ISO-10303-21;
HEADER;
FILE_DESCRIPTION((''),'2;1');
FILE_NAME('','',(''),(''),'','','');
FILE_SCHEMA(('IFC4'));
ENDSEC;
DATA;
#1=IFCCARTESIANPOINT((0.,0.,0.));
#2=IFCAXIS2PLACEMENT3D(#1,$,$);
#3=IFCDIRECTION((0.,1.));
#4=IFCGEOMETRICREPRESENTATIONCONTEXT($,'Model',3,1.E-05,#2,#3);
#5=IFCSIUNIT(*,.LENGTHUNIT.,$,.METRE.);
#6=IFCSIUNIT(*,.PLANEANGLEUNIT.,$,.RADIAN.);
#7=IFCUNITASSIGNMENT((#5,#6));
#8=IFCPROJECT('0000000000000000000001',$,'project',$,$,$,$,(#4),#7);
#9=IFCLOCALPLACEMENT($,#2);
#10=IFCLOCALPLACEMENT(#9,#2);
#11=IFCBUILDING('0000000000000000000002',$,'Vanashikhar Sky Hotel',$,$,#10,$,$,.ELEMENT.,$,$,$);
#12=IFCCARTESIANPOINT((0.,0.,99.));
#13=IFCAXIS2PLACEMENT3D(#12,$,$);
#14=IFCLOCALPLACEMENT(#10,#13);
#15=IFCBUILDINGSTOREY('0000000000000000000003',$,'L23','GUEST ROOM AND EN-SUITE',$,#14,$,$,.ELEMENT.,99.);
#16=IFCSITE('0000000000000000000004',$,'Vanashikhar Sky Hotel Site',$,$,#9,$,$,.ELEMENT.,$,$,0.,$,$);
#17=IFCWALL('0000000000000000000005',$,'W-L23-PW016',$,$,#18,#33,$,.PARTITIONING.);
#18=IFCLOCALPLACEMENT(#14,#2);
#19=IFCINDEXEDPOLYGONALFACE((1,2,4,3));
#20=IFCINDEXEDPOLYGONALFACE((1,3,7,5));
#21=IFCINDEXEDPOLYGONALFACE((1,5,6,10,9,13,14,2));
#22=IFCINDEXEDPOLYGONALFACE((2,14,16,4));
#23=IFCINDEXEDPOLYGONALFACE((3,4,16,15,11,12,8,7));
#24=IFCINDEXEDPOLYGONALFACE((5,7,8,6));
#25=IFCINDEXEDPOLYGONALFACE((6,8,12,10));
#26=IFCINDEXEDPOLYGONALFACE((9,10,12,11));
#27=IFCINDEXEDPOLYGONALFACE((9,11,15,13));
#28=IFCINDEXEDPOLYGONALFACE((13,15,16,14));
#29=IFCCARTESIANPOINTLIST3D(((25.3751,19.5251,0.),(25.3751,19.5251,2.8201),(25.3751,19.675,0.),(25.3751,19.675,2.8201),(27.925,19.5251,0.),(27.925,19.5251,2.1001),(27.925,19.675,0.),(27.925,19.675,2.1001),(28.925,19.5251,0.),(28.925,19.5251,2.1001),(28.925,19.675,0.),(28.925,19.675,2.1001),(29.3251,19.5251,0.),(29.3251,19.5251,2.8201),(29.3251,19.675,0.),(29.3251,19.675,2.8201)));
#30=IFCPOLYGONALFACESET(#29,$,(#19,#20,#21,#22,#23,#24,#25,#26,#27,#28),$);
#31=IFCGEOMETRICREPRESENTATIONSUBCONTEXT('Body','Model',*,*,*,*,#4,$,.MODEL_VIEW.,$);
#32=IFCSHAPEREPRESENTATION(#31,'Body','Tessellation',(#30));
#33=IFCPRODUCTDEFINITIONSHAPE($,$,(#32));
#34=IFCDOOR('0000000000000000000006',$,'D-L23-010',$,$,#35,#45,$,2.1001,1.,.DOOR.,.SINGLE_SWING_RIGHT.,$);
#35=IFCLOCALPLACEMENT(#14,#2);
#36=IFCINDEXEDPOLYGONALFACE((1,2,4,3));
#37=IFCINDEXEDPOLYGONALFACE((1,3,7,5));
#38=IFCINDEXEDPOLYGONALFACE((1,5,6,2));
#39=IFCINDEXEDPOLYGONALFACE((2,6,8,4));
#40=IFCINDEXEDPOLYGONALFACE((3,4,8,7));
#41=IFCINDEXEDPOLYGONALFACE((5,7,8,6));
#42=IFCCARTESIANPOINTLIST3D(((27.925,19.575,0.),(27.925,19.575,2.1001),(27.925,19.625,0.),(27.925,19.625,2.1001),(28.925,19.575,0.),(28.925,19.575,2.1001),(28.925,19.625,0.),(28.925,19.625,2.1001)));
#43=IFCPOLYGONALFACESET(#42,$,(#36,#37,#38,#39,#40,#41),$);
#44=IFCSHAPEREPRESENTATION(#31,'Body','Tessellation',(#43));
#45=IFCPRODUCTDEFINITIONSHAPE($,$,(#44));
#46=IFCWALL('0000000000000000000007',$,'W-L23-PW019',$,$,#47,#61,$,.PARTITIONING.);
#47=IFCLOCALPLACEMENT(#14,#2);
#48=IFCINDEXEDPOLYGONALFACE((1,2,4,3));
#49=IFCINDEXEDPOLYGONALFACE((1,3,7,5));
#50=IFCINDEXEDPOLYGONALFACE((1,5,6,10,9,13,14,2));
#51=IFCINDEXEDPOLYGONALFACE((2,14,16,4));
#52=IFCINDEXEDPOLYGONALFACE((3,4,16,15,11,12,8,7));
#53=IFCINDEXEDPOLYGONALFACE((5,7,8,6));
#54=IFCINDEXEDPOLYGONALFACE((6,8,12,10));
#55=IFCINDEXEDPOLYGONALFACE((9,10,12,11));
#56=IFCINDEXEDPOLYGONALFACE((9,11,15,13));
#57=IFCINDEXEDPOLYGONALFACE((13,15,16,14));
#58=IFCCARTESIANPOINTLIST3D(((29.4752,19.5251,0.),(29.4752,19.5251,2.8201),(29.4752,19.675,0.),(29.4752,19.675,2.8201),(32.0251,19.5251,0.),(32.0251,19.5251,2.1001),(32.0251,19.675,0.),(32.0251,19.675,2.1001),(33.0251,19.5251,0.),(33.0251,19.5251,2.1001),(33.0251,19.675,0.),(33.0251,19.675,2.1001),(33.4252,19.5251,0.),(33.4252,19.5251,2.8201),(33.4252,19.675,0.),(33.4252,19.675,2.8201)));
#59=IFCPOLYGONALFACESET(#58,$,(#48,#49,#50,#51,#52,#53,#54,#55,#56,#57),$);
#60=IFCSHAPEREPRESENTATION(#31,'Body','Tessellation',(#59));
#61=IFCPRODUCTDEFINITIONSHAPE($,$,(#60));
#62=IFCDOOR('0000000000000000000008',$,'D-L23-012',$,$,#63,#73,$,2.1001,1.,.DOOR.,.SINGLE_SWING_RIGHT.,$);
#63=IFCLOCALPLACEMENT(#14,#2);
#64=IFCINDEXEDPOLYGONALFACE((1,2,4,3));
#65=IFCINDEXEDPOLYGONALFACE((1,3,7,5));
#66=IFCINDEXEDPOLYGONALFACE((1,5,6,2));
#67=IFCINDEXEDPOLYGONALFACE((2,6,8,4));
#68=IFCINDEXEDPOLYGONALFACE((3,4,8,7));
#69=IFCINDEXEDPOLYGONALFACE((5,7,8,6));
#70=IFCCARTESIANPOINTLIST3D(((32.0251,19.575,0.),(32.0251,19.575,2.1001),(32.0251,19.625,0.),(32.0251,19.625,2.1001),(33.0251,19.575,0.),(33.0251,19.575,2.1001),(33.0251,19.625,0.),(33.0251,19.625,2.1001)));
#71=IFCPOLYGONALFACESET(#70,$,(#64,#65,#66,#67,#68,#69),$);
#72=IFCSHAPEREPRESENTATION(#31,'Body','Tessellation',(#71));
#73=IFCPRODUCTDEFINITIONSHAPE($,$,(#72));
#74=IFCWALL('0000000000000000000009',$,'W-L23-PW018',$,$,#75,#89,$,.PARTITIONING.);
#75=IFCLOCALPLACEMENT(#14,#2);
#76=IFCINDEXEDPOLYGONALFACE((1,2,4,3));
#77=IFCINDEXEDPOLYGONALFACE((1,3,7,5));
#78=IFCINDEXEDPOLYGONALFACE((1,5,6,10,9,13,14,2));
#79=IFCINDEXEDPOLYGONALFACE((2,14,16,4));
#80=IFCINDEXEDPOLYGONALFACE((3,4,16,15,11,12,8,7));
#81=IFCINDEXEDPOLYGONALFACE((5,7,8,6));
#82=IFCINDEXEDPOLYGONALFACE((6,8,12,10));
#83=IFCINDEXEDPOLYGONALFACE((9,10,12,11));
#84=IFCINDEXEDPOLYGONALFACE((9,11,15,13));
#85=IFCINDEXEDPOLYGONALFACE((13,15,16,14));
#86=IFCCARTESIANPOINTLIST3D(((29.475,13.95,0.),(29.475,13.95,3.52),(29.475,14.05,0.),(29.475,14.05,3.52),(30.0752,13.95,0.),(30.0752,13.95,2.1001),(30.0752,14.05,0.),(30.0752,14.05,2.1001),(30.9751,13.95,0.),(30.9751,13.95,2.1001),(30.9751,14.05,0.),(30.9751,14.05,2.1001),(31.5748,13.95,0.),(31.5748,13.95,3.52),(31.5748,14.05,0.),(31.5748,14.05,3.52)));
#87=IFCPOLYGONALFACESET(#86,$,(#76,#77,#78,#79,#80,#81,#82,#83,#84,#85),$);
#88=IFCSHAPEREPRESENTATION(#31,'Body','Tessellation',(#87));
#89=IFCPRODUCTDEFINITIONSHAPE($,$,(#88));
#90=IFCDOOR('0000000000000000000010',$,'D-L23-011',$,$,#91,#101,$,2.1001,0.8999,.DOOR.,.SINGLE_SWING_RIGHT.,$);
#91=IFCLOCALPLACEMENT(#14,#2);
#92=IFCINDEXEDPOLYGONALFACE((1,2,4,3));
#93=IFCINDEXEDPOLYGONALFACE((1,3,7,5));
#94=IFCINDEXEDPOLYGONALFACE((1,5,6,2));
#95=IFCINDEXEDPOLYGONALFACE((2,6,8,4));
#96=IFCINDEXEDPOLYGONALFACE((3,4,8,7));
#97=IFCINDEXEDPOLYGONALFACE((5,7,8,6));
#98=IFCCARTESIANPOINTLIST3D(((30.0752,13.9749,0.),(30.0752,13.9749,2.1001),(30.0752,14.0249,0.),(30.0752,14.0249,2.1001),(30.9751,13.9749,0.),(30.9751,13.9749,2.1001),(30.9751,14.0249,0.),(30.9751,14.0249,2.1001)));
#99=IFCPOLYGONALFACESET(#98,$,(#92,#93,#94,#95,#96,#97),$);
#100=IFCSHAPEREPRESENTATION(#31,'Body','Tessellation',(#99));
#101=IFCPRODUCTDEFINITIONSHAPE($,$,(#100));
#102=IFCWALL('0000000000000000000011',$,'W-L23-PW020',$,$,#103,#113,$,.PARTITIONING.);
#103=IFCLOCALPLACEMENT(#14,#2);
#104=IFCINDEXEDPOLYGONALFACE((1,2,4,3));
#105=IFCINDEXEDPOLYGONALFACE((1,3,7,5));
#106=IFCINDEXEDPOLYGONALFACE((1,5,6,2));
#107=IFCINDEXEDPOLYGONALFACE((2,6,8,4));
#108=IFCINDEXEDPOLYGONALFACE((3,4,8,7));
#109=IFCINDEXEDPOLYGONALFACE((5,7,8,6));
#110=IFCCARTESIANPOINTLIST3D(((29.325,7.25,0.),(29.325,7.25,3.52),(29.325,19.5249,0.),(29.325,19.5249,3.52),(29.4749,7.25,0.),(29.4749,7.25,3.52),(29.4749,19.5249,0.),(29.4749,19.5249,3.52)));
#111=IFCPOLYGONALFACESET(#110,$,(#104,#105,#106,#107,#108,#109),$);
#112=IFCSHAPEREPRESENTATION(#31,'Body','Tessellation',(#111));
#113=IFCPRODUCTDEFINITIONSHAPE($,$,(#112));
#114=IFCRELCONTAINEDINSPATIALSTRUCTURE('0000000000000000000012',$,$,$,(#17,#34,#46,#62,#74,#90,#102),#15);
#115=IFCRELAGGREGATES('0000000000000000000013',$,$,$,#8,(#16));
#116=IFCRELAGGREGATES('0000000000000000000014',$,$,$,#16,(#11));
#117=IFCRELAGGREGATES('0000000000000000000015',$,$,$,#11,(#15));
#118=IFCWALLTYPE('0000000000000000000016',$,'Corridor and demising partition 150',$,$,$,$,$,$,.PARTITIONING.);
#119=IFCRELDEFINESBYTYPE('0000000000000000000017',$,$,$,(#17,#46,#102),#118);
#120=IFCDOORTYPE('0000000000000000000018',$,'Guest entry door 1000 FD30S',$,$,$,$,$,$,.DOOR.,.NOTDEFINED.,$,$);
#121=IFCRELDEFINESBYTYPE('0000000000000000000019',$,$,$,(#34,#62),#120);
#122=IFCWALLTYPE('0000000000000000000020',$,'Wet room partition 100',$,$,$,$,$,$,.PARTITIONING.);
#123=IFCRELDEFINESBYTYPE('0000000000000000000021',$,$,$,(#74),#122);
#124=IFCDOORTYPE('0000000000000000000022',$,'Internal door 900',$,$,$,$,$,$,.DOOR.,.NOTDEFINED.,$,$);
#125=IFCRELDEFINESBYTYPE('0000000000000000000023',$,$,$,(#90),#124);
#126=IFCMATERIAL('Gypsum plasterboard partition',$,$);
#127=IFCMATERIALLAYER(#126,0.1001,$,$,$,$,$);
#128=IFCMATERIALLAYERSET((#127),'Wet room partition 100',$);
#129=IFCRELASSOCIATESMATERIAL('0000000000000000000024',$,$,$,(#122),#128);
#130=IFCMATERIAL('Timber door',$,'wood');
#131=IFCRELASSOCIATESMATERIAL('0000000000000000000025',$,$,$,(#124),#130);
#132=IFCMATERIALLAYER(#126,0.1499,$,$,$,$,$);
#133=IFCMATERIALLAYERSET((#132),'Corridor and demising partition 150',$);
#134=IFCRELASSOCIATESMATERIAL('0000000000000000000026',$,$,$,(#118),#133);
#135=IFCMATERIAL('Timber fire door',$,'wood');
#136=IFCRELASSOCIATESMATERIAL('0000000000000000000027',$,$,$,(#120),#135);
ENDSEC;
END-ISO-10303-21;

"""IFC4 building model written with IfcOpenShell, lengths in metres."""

from ifc_helpers import new_model, si_unit, direction, frame, frame_2d, origin, place, context, subcontext, project, spatial, rectangle, extrude, source, transform, mapped, material, layer, layer_set, type_object, element, fill, save


model = new_model("IFC4")

# Units and contexts
model_context = context("Model", 3, precision=1e-05, world=origin(), true_north=direction((0.0, 1.0)))
body_context = subcontext(model_context, "Body", "Model", "MODEL_VIEW")
ifc_project = project(units=[si_unit("LENGTHUNIT", "METRE"), si_unit("PLANEANGLEUNIT", "RADIAN")], contexts=[model_context])

# Site, building, storey
site_placement = place(None, origin())
site = spatial("IfcSite", under=ifc_project, at=site_placement, Name="Vanashikhar Sky Hotel Site", CompositionType="ELEMENT", RefElevation=0.0)
building_placement = place(site_placement, origin())
building = spatial("IfcBuilding", under=site, at=building_placement, Name="Vanashikhar Sky Hotel", CompositionType="ELEMENT")
storey_placement = place(building_placement, frame((0.0, 0.0, 99.0)))
storey = spatial("IfcBuildingStorey", under=building, at=storey_placement, Name="L23", Description="GUEST ROOM AND EN-SUITE", CompositionType="ELEMENT", Elevation=99.0)

# Shared definitions
ifc_material_1 = material(Name="Gypsum plasterboard partition")
ifc_layer_1 = layer(ifc_material_1, 0.1001)
ifc_layer_set_1 = layer_set([ifc_layer_1], Name="Wet room partition 100")
wall_type_1 = type_object("IfcWallType", Name="Wet room partition 100", PredefinedType="PARTITIONING", material=ifc_layer_set_1)

# Walls, openings, doors
shared_shape_1 = source(origin(), body_context, "Body", "SweptSolid", [
    extrude(rectangle(XDim=0.8999, YDim=2.1001, at=frame_2d((0.45, 1.05))), frame((0.0, 0.0601, 0.0), z_axis=(0.0, -1.0, 0.0), x_axis=(1.0, 0.0, 0.0)), (0.0, 0.0, 1.0), 0.1201),
])
ifc_material_2 = material(Name="Timber door", Category="wood")
door_type_1 = type_object("IfcDoorType", Name="Internal door 900", OperationType="NOTDEFINED", PredefinedType="DOOR", material=ifc_material_2)
shared_shape_2 = source(origin(), body_context, "Body", "SweptSolid", [
    extrude(rectangle(XDim=0.8999, YDim=2.1001, at=frame_2d((0.45, 1.05))), frame((0.0, 0.0249, 0.0), z_axis=(0.0, -1.0, 0.0), x_axis=(1.0, 0.0, 0.0)), (0.0, 0.0, 1.0), 0.05),
])
ifc_layer_2 = layer(ifc_material_1, 0.1499)
ifc_layer_set_2 = layer_set([ifc_layer_2], Name="Corridor and demising partition 150")
wall_type_2 = type_object("IfcWallType", Name="Corridor and demising partition 150", PredefinedType="PARTITIONING", material=ifc_layer_set_2)
shared_shape_3 = source(origin(), body_context, "Body", "SweptSolid", [
    extrude(rectangle(XDim=1.0, YDim=2.1001, at=frame_2d((0.5, 1.05))), frame((0.0, 0.085, 0.0), z_axis=(0.0, -1.0, 0.0), x_axis=(1.0, 0.0, 0.0)), (0.0, 0.0, 1.0), 0.1699),
])
ifc_material_3 = material(Name="Timber fire door", Category="wood")
door_type_2 = type_object("IfcDoorType", Name="Guest entry door 1000 FD30S", OperationType="NOTDEFINED", PredefinedType="DOOR", material=ifc_material_3)
shared_shape_4 = source(origin(), body_context, "Body", "SweptSolid", [
    extrude(rectangle(XDim=1.0, YDim=2.1001, at=frame_2d((0.5, 1.05))), frame((0.0, 0.0249, 0.0), z_axis=(0.0, -1.0, 0.0), x_axis=(1.0, 0.0, 0.0)), (0.0, 0.0, 1.0), 0.05),
])
shared_shape_5 = source(origin(), body_context, "Body", "SweptSolid", [
    extrude(rectangle(XDim=3.95, YDim=0.1499, at=frame_2d((1.9751, 0.0))), origin(), (0.0, 0.0, 1.0), 2.8201),
])
wall_1_placement = place(storey_placement, frame((25.375, 19.6001, 0.0), z_axis=(0.0, 0.0, 1.0), x_axis=(1.0, 0.0, 0.0)))
wall_1 = element("IfcWall", 1, at=wall_1_placement, inside=storey, type_object=wall_type_2, Name="W-L23-PW016", PredefinedType="PARTITIONING", context=body_context, shape_type="MappedRepresentation", body=[
    mapped(shared_shape_5, transform((0.0, 0.0, 0.0), scale=1.0)),
])
opening_1_placement = place(wall_1_placement, frame((2.55, 0.0, 0.0)))
opening_1 = element("IfcOpeningElement", 2, at=opening_1_placement, cuts=wall_1, PredefinedType="OPENING", context=body_context, shape_type="MappedRepresentation", body=[
    mapped(shared_shape_3, transform((0.0, 0.0, 0.0), scale=1.0)),
])
door_1_placement = place(opening_1_placement, origin())
door_1 = element("IfcDoor", 3, at=door_1_placement, inside=storey, type_object=door_type_2, Name="D-L23-010", OperationType="SINGLE_SWING_RIGHT", OverallHeight=2.1001, OverallWidth=1.0, PredefinedType="DOOR", context=body_context, shape_type="MappedRepresentation", body=[
    mapped(shared_shape_4, transform((0.0, 0.0, 0.0), scale=1.0)),
])
fill(opening_1, door_1)
wall_2_placement = place(storey_placement, frame((29.4751, 19.6001, 0.0), z_axis=(0.0, 0.0, 1.0), x_axis=(1.0, 0.0, 0.0)))
wall_2 = element("IfcWall", 4, at=wall_2_placement, inside=storey, type_object=wall_type_2, Name="W-L23-PW019", PredefinedType="PARTITIONING", context=body_context, shape_type="MappedRepresentation", body=[
    mapped(shared_shape_5, transform((0.0, 0.0, 0.0), scale=1.0)),
])
opening_2_placement = place(wall_2_placement, frame((2.55, 0.0, 0.0)))
opening_2 = element("IfcOpeningElement", 5, at=opening_2_placement, cuts=wall_2, PredefinedType="OPENING", context=body_context, shape_type="MappedRepresentation", body=[
    mapped(shared_shape_3, transform((0.0, 0.0, 0.0), scale=1.0)),
])
door_2_placement = place(opening_2_placement, origin())
door_2 = element("IfcDoor", 6, at=door_2_placement, inside=storey, type_object=door_type_2, Name="D-L23-012", OperationType="SINGLE_SWING_RIGHT", OverallHeight=2.1001, OverallWidth=1.0, PredefinedType="DOOR", context=body_context, shape_type="MappedRepresentation", body=[
    mapped(shared_shape_4, transform((0.0, 0.0, 0.0), scale=1.0)),
])
fill(opening_2, door_2)
shared_shape_6 = source(origin(), body_context, "Body", "SweptSolid", [
    extrude(rectangle(XDim=2.0999, YDim=0.1001, at=frame_2d((1.0498, 0.0))), origin(), (0.0, 0.0, 1.0), 3.52),
])
wall_3_placement = place(storey_placement, frame((29.4751, 14.0, 0.0), z_axis=(0.0, 0.0, 1.0), x_axis=(1.0, 0.0, 0.0)))
wall_3 = element("IfcWall", 7, at=wall_3_placement, inside=storey, type_object=wall_type_1, Name="W-L23-PW018", PredefinedType="PARTITIONING", context=body_context, shape_type="MappedRepresentation", body=[
    mapped(shared_shape_6, transform((0.0, 0.0, 0.0), scale=1.0)),
])
opening_3_placement = place(wall_3_placement, frame((0.6001, 0.0, 0.0)))
opening_3 = element("IfcOpeningElement", 8, at=opening_3_placement, cuts=wall_3, PredefinedType="OPENING", context=body_context, shape_type="MappedRepresentation", body=[
    mapped(shared_shape_1, transform((0.0, 0.0, 0.0), scale=1.0)),
])
door_3_placement = place(opening_3_placement, origin())
door_3 = element("IfcDoor", 9, at=door_3_placement, inside=storey, type_object=door_type_1, Name="D-L23-011", OperationType="SINGLE_SWING_RIGHT", OverallHeight=2.1001, OverallWidth=0.8999, PredefinedType="DOOR", context=body_context, shape_type="MappedRepresentation", body=[
    mapped(shared_shape_2, transform((0.0, 0.0, 0.0), scale=1.0)),
])
fill(opening_3, door_3)

# Wall
shared_shape_7 = source(origin(), body_context, "Body", "SweptSolid", [
    extrude(rectangle(XDim=12.2749, YDim=0.1499, at=frame_2d((6.1375, 0.0))), origin(), (0.0, 0.0, 1.0), 3.52),
])
wall_4_placement = place(storey_placement, frame((29.3999, 7.25, 0.0), z_axis=(0.0, 0.0, 1.0), x_axis=(0.0, 1.0, 0.0)))
element("IfcWall", 10, at=wall_4_placement, inside=storey, type_object=wall_type_2, Name="W-L23-PW020", PredefinedType="PARTITIONING", context=body_context, shape_type="MappedRepresentation", body=[
    mapped(shared_shape_7, transform((0.0, 0.0, 0.0), scale=1.0)),
])

save(model, "model.ifc")
